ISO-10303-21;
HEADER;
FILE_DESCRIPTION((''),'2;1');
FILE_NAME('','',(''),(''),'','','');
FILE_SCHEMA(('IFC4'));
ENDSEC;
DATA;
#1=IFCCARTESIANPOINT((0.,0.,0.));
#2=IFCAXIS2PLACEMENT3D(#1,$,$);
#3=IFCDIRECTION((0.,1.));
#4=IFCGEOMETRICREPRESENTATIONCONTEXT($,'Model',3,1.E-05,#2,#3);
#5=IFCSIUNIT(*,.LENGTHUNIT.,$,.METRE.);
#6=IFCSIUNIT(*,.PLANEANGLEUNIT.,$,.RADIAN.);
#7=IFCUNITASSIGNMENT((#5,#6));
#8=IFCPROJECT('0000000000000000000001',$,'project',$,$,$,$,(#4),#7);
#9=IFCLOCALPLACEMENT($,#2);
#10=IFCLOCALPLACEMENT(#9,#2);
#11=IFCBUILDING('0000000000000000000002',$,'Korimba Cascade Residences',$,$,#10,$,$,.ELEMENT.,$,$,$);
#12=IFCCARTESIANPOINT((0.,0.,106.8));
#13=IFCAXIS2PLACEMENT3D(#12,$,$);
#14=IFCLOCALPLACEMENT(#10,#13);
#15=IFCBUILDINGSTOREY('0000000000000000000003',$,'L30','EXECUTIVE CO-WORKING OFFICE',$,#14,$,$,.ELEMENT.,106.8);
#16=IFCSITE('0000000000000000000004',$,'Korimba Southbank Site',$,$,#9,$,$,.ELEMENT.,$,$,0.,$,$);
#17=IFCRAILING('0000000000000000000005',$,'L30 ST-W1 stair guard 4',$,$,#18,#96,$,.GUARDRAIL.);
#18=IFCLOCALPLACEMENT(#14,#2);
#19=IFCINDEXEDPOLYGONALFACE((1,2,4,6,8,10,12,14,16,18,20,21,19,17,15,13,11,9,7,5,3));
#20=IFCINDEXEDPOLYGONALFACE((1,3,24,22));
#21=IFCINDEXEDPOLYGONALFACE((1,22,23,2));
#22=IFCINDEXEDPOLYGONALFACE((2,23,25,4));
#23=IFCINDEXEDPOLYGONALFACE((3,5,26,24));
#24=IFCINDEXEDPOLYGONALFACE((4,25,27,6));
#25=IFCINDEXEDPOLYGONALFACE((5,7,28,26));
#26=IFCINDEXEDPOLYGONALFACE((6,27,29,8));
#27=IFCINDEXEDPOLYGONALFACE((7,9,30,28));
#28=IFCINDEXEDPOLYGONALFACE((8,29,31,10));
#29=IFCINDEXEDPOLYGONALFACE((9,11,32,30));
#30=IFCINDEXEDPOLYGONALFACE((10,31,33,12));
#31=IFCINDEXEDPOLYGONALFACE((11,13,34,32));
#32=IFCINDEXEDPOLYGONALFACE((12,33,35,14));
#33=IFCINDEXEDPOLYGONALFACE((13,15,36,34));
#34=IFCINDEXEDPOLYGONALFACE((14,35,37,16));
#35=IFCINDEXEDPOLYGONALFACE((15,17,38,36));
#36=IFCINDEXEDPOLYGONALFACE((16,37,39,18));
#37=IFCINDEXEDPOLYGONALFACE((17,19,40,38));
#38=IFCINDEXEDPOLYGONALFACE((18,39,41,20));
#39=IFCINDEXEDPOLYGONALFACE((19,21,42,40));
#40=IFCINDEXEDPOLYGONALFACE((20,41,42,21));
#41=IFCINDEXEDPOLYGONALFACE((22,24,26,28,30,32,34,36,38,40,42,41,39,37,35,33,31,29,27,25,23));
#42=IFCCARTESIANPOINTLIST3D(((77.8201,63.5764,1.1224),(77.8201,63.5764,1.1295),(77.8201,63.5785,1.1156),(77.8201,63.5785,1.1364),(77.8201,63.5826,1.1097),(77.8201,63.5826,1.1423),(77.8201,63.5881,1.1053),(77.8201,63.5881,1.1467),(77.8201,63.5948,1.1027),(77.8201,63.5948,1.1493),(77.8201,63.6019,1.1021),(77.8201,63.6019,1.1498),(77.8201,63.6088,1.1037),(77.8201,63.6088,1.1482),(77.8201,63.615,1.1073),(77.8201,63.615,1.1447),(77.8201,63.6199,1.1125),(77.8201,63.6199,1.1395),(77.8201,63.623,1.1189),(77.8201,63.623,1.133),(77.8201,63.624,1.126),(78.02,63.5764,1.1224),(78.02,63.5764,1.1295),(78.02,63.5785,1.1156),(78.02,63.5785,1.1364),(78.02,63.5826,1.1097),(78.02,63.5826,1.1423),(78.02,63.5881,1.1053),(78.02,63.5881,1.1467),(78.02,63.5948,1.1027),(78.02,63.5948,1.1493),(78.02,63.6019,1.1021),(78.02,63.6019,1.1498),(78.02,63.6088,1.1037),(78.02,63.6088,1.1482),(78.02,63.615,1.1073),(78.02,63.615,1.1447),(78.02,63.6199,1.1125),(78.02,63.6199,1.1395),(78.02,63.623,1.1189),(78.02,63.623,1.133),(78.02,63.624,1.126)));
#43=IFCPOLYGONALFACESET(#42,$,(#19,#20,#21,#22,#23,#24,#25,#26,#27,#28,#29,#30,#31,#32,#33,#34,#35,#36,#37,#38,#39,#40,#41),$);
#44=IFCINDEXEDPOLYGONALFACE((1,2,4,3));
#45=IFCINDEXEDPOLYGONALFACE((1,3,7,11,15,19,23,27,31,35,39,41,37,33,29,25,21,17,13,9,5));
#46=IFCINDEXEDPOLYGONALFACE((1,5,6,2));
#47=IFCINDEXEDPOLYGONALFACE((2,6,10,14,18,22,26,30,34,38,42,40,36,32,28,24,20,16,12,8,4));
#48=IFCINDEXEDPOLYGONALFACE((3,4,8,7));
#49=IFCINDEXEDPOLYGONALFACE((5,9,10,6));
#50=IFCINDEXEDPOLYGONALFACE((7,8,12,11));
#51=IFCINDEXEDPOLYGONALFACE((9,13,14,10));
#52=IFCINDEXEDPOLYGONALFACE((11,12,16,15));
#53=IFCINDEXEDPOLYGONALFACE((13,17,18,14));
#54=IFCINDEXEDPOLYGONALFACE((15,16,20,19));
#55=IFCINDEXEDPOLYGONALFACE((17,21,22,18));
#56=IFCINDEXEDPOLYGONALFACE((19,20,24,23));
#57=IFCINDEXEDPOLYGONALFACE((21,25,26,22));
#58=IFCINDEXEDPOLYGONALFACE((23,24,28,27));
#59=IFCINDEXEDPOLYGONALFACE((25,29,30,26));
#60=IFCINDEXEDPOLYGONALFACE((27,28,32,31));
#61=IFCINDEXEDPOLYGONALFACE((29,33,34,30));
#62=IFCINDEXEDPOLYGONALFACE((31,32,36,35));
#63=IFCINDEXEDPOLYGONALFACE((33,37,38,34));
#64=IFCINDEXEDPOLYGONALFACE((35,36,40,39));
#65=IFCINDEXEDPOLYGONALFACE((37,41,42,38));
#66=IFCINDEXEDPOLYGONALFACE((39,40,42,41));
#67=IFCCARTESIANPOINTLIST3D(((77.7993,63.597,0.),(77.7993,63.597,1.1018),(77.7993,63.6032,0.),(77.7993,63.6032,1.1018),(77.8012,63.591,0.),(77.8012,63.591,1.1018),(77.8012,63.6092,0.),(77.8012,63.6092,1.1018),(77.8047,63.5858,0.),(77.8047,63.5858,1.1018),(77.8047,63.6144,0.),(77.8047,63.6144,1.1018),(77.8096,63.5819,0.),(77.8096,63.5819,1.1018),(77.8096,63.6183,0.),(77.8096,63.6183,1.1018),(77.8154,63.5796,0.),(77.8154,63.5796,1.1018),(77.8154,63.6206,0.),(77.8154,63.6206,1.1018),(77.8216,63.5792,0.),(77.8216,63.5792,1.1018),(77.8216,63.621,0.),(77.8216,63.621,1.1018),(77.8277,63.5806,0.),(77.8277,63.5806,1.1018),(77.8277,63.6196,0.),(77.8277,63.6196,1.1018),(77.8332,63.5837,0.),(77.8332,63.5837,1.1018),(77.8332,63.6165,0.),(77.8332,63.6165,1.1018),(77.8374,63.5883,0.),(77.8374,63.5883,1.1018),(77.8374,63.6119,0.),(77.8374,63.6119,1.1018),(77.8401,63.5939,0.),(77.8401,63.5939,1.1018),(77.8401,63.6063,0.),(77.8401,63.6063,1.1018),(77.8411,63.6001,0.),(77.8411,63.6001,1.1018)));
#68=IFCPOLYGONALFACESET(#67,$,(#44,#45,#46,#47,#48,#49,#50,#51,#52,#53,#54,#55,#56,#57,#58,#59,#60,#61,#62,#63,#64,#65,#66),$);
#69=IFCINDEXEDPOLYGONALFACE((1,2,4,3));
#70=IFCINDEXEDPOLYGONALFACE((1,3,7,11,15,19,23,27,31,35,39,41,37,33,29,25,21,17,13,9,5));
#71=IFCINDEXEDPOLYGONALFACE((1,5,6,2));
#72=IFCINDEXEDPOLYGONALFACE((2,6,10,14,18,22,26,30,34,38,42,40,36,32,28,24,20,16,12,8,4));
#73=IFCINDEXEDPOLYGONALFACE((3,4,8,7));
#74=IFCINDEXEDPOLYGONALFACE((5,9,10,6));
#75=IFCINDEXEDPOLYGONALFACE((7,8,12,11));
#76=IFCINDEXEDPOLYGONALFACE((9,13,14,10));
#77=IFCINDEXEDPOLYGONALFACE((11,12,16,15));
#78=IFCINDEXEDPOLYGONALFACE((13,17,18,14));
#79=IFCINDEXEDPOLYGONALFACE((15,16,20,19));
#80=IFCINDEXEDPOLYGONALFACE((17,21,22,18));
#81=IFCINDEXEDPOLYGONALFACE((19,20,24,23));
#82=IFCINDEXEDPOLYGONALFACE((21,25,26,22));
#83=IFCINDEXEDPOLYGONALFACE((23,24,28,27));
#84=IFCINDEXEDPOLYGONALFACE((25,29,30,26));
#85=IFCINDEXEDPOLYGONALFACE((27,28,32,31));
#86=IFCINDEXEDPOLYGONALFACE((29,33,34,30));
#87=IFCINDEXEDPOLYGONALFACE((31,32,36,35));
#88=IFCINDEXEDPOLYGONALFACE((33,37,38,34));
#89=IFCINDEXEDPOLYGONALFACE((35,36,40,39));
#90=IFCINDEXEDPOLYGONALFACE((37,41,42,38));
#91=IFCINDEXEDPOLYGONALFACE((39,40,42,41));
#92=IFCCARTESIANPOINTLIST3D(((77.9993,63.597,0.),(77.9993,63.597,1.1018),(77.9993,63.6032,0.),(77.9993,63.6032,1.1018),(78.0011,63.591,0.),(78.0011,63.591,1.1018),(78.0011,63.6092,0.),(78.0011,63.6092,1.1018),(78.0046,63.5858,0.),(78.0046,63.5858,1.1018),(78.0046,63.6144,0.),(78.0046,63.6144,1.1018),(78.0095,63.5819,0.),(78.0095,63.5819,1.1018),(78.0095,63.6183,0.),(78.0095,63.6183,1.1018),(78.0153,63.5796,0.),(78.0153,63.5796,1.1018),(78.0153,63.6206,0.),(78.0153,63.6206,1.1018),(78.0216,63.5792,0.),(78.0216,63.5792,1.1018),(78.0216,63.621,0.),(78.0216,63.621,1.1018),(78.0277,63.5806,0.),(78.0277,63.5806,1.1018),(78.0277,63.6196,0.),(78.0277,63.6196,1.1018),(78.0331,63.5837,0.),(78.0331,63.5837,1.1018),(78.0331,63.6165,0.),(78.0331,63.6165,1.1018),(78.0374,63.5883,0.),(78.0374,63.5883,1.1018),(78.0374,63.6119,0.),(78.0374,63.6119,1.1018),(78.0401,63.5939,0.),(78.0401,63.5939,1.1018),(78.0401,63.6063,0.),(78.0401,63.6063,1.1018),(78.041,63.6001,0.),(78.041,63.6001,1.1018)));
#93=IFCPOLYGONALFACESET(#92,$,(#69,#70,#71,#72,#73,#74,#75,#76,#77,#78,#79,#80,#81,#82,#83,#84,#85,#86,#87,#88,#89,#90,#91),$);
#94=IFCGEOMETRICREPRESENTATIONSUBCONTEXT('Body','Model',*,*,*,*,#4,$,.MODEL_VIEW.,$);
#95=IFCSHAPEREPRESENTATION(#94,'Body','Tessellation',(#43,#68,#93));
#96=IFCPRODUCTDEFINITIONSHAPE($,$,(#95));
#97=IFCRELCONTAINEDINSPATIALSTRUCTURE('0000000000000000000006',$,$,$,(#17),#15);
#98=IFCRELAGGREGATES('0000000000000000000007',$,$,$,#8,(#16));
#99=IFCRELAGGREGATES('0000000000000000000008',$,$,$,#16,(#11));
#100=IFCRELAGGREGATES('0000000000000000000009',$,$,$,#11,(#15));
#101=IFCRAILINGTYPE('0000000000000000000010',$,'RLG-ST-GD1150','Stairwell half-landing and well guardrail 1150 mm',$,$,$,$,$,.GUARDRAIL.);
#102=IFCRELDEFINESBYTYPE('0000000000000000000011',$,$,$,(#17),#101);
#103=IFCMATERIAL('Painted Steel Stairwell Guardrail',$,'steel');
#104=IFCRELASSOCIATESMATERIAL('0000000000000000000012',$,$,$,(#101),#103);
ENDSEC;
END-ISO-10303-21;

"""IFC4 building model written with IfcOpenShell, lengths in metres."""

from ifc_helpers import new_model, si_unit, direction, frame, origin, origin_2d, place, context, subcontext, project, spatial, circle, extrude, material, type_object, element, save


model = new_model("IFC4")

# Units and contexts
model_context = context("Model", 3, precision=1e-05, world=origin(), true_north=direction((0.0, 1.0)))
body_context = subcontext(model_context, "Body", "Model", "MODEL_VIEW")
ifc_project = project(units=[si_unit("LENGTHUNIT", "METRE"), si_unit("PLANEANGLEUNIT", "RADIAN")], contexts=[model_context])

# Site, building, storey
site_placement = place(None, origin())
site = spatial("IfcSite", under=ifc_project, at=site_placement, Name="Korimba Southbank Site", CompositionType="ELEMENT", RefElevation=0.0)
building_placement = place(site_placement, origin())
building = spatial("IfcBuilding", under=site, at=building_placement, Name="Korimba Cascade Residences", CompositionType="ELEMENT")
storey_placement = place(building_placement, frame((0.0, 0.0, 106.8)))
storey = spatial("IfcBuildingStorey", under=building, at=storey_placement, Name="L30", Description="EXECUTIVE CO-WORKING OFFICE", CompositionType="ELEMENT", Elevation=106.8)

# Railing
ifc_material_1 = material(Name="Painted Steel Stairwell Guardrail", Category="steel")
railing_type_1 = type_object("IfcRailingType", Name="RLG-ST-GD1150", Description="Stairwell half-landing and well guardrail 1150 mm", PredefinedType="GUARDRAIL", material=ifc_material_1)
railing_1_placement = place(storey_placement, frame((77.8201, 63.6001, 0.0)))
element("IfcRailing", 1, at=railing_1_placement, inside=storey, type_object=railing_type_1, Name="L30 ST-W1 stair guard 4", PredefinedType="GUARDRAIL", context=body_context, shape_type="SweptSolid", body=[
    extrude(circle(Radius=0.0239, at=origin_2d()), frame((0.0, 0.0, 1.126), z_axis=(1.0, 0.0, 0.0), x_axis=(0.0, 1.0, 0.0)), (0.0, 0.0, 1.0), 0.2),
    extrude(circle(Radius=0.021, at=origin_2d()), origin(), (0.0, 0.0, 1.0), 1.1018),
    extrude(circle(Radius=0.021, at=origin_2d()), frame((0.2, 0.0, 0.0)), (0.0, 0.0, 1.0), 1.1018),
])

save(model, "model.ifc")
